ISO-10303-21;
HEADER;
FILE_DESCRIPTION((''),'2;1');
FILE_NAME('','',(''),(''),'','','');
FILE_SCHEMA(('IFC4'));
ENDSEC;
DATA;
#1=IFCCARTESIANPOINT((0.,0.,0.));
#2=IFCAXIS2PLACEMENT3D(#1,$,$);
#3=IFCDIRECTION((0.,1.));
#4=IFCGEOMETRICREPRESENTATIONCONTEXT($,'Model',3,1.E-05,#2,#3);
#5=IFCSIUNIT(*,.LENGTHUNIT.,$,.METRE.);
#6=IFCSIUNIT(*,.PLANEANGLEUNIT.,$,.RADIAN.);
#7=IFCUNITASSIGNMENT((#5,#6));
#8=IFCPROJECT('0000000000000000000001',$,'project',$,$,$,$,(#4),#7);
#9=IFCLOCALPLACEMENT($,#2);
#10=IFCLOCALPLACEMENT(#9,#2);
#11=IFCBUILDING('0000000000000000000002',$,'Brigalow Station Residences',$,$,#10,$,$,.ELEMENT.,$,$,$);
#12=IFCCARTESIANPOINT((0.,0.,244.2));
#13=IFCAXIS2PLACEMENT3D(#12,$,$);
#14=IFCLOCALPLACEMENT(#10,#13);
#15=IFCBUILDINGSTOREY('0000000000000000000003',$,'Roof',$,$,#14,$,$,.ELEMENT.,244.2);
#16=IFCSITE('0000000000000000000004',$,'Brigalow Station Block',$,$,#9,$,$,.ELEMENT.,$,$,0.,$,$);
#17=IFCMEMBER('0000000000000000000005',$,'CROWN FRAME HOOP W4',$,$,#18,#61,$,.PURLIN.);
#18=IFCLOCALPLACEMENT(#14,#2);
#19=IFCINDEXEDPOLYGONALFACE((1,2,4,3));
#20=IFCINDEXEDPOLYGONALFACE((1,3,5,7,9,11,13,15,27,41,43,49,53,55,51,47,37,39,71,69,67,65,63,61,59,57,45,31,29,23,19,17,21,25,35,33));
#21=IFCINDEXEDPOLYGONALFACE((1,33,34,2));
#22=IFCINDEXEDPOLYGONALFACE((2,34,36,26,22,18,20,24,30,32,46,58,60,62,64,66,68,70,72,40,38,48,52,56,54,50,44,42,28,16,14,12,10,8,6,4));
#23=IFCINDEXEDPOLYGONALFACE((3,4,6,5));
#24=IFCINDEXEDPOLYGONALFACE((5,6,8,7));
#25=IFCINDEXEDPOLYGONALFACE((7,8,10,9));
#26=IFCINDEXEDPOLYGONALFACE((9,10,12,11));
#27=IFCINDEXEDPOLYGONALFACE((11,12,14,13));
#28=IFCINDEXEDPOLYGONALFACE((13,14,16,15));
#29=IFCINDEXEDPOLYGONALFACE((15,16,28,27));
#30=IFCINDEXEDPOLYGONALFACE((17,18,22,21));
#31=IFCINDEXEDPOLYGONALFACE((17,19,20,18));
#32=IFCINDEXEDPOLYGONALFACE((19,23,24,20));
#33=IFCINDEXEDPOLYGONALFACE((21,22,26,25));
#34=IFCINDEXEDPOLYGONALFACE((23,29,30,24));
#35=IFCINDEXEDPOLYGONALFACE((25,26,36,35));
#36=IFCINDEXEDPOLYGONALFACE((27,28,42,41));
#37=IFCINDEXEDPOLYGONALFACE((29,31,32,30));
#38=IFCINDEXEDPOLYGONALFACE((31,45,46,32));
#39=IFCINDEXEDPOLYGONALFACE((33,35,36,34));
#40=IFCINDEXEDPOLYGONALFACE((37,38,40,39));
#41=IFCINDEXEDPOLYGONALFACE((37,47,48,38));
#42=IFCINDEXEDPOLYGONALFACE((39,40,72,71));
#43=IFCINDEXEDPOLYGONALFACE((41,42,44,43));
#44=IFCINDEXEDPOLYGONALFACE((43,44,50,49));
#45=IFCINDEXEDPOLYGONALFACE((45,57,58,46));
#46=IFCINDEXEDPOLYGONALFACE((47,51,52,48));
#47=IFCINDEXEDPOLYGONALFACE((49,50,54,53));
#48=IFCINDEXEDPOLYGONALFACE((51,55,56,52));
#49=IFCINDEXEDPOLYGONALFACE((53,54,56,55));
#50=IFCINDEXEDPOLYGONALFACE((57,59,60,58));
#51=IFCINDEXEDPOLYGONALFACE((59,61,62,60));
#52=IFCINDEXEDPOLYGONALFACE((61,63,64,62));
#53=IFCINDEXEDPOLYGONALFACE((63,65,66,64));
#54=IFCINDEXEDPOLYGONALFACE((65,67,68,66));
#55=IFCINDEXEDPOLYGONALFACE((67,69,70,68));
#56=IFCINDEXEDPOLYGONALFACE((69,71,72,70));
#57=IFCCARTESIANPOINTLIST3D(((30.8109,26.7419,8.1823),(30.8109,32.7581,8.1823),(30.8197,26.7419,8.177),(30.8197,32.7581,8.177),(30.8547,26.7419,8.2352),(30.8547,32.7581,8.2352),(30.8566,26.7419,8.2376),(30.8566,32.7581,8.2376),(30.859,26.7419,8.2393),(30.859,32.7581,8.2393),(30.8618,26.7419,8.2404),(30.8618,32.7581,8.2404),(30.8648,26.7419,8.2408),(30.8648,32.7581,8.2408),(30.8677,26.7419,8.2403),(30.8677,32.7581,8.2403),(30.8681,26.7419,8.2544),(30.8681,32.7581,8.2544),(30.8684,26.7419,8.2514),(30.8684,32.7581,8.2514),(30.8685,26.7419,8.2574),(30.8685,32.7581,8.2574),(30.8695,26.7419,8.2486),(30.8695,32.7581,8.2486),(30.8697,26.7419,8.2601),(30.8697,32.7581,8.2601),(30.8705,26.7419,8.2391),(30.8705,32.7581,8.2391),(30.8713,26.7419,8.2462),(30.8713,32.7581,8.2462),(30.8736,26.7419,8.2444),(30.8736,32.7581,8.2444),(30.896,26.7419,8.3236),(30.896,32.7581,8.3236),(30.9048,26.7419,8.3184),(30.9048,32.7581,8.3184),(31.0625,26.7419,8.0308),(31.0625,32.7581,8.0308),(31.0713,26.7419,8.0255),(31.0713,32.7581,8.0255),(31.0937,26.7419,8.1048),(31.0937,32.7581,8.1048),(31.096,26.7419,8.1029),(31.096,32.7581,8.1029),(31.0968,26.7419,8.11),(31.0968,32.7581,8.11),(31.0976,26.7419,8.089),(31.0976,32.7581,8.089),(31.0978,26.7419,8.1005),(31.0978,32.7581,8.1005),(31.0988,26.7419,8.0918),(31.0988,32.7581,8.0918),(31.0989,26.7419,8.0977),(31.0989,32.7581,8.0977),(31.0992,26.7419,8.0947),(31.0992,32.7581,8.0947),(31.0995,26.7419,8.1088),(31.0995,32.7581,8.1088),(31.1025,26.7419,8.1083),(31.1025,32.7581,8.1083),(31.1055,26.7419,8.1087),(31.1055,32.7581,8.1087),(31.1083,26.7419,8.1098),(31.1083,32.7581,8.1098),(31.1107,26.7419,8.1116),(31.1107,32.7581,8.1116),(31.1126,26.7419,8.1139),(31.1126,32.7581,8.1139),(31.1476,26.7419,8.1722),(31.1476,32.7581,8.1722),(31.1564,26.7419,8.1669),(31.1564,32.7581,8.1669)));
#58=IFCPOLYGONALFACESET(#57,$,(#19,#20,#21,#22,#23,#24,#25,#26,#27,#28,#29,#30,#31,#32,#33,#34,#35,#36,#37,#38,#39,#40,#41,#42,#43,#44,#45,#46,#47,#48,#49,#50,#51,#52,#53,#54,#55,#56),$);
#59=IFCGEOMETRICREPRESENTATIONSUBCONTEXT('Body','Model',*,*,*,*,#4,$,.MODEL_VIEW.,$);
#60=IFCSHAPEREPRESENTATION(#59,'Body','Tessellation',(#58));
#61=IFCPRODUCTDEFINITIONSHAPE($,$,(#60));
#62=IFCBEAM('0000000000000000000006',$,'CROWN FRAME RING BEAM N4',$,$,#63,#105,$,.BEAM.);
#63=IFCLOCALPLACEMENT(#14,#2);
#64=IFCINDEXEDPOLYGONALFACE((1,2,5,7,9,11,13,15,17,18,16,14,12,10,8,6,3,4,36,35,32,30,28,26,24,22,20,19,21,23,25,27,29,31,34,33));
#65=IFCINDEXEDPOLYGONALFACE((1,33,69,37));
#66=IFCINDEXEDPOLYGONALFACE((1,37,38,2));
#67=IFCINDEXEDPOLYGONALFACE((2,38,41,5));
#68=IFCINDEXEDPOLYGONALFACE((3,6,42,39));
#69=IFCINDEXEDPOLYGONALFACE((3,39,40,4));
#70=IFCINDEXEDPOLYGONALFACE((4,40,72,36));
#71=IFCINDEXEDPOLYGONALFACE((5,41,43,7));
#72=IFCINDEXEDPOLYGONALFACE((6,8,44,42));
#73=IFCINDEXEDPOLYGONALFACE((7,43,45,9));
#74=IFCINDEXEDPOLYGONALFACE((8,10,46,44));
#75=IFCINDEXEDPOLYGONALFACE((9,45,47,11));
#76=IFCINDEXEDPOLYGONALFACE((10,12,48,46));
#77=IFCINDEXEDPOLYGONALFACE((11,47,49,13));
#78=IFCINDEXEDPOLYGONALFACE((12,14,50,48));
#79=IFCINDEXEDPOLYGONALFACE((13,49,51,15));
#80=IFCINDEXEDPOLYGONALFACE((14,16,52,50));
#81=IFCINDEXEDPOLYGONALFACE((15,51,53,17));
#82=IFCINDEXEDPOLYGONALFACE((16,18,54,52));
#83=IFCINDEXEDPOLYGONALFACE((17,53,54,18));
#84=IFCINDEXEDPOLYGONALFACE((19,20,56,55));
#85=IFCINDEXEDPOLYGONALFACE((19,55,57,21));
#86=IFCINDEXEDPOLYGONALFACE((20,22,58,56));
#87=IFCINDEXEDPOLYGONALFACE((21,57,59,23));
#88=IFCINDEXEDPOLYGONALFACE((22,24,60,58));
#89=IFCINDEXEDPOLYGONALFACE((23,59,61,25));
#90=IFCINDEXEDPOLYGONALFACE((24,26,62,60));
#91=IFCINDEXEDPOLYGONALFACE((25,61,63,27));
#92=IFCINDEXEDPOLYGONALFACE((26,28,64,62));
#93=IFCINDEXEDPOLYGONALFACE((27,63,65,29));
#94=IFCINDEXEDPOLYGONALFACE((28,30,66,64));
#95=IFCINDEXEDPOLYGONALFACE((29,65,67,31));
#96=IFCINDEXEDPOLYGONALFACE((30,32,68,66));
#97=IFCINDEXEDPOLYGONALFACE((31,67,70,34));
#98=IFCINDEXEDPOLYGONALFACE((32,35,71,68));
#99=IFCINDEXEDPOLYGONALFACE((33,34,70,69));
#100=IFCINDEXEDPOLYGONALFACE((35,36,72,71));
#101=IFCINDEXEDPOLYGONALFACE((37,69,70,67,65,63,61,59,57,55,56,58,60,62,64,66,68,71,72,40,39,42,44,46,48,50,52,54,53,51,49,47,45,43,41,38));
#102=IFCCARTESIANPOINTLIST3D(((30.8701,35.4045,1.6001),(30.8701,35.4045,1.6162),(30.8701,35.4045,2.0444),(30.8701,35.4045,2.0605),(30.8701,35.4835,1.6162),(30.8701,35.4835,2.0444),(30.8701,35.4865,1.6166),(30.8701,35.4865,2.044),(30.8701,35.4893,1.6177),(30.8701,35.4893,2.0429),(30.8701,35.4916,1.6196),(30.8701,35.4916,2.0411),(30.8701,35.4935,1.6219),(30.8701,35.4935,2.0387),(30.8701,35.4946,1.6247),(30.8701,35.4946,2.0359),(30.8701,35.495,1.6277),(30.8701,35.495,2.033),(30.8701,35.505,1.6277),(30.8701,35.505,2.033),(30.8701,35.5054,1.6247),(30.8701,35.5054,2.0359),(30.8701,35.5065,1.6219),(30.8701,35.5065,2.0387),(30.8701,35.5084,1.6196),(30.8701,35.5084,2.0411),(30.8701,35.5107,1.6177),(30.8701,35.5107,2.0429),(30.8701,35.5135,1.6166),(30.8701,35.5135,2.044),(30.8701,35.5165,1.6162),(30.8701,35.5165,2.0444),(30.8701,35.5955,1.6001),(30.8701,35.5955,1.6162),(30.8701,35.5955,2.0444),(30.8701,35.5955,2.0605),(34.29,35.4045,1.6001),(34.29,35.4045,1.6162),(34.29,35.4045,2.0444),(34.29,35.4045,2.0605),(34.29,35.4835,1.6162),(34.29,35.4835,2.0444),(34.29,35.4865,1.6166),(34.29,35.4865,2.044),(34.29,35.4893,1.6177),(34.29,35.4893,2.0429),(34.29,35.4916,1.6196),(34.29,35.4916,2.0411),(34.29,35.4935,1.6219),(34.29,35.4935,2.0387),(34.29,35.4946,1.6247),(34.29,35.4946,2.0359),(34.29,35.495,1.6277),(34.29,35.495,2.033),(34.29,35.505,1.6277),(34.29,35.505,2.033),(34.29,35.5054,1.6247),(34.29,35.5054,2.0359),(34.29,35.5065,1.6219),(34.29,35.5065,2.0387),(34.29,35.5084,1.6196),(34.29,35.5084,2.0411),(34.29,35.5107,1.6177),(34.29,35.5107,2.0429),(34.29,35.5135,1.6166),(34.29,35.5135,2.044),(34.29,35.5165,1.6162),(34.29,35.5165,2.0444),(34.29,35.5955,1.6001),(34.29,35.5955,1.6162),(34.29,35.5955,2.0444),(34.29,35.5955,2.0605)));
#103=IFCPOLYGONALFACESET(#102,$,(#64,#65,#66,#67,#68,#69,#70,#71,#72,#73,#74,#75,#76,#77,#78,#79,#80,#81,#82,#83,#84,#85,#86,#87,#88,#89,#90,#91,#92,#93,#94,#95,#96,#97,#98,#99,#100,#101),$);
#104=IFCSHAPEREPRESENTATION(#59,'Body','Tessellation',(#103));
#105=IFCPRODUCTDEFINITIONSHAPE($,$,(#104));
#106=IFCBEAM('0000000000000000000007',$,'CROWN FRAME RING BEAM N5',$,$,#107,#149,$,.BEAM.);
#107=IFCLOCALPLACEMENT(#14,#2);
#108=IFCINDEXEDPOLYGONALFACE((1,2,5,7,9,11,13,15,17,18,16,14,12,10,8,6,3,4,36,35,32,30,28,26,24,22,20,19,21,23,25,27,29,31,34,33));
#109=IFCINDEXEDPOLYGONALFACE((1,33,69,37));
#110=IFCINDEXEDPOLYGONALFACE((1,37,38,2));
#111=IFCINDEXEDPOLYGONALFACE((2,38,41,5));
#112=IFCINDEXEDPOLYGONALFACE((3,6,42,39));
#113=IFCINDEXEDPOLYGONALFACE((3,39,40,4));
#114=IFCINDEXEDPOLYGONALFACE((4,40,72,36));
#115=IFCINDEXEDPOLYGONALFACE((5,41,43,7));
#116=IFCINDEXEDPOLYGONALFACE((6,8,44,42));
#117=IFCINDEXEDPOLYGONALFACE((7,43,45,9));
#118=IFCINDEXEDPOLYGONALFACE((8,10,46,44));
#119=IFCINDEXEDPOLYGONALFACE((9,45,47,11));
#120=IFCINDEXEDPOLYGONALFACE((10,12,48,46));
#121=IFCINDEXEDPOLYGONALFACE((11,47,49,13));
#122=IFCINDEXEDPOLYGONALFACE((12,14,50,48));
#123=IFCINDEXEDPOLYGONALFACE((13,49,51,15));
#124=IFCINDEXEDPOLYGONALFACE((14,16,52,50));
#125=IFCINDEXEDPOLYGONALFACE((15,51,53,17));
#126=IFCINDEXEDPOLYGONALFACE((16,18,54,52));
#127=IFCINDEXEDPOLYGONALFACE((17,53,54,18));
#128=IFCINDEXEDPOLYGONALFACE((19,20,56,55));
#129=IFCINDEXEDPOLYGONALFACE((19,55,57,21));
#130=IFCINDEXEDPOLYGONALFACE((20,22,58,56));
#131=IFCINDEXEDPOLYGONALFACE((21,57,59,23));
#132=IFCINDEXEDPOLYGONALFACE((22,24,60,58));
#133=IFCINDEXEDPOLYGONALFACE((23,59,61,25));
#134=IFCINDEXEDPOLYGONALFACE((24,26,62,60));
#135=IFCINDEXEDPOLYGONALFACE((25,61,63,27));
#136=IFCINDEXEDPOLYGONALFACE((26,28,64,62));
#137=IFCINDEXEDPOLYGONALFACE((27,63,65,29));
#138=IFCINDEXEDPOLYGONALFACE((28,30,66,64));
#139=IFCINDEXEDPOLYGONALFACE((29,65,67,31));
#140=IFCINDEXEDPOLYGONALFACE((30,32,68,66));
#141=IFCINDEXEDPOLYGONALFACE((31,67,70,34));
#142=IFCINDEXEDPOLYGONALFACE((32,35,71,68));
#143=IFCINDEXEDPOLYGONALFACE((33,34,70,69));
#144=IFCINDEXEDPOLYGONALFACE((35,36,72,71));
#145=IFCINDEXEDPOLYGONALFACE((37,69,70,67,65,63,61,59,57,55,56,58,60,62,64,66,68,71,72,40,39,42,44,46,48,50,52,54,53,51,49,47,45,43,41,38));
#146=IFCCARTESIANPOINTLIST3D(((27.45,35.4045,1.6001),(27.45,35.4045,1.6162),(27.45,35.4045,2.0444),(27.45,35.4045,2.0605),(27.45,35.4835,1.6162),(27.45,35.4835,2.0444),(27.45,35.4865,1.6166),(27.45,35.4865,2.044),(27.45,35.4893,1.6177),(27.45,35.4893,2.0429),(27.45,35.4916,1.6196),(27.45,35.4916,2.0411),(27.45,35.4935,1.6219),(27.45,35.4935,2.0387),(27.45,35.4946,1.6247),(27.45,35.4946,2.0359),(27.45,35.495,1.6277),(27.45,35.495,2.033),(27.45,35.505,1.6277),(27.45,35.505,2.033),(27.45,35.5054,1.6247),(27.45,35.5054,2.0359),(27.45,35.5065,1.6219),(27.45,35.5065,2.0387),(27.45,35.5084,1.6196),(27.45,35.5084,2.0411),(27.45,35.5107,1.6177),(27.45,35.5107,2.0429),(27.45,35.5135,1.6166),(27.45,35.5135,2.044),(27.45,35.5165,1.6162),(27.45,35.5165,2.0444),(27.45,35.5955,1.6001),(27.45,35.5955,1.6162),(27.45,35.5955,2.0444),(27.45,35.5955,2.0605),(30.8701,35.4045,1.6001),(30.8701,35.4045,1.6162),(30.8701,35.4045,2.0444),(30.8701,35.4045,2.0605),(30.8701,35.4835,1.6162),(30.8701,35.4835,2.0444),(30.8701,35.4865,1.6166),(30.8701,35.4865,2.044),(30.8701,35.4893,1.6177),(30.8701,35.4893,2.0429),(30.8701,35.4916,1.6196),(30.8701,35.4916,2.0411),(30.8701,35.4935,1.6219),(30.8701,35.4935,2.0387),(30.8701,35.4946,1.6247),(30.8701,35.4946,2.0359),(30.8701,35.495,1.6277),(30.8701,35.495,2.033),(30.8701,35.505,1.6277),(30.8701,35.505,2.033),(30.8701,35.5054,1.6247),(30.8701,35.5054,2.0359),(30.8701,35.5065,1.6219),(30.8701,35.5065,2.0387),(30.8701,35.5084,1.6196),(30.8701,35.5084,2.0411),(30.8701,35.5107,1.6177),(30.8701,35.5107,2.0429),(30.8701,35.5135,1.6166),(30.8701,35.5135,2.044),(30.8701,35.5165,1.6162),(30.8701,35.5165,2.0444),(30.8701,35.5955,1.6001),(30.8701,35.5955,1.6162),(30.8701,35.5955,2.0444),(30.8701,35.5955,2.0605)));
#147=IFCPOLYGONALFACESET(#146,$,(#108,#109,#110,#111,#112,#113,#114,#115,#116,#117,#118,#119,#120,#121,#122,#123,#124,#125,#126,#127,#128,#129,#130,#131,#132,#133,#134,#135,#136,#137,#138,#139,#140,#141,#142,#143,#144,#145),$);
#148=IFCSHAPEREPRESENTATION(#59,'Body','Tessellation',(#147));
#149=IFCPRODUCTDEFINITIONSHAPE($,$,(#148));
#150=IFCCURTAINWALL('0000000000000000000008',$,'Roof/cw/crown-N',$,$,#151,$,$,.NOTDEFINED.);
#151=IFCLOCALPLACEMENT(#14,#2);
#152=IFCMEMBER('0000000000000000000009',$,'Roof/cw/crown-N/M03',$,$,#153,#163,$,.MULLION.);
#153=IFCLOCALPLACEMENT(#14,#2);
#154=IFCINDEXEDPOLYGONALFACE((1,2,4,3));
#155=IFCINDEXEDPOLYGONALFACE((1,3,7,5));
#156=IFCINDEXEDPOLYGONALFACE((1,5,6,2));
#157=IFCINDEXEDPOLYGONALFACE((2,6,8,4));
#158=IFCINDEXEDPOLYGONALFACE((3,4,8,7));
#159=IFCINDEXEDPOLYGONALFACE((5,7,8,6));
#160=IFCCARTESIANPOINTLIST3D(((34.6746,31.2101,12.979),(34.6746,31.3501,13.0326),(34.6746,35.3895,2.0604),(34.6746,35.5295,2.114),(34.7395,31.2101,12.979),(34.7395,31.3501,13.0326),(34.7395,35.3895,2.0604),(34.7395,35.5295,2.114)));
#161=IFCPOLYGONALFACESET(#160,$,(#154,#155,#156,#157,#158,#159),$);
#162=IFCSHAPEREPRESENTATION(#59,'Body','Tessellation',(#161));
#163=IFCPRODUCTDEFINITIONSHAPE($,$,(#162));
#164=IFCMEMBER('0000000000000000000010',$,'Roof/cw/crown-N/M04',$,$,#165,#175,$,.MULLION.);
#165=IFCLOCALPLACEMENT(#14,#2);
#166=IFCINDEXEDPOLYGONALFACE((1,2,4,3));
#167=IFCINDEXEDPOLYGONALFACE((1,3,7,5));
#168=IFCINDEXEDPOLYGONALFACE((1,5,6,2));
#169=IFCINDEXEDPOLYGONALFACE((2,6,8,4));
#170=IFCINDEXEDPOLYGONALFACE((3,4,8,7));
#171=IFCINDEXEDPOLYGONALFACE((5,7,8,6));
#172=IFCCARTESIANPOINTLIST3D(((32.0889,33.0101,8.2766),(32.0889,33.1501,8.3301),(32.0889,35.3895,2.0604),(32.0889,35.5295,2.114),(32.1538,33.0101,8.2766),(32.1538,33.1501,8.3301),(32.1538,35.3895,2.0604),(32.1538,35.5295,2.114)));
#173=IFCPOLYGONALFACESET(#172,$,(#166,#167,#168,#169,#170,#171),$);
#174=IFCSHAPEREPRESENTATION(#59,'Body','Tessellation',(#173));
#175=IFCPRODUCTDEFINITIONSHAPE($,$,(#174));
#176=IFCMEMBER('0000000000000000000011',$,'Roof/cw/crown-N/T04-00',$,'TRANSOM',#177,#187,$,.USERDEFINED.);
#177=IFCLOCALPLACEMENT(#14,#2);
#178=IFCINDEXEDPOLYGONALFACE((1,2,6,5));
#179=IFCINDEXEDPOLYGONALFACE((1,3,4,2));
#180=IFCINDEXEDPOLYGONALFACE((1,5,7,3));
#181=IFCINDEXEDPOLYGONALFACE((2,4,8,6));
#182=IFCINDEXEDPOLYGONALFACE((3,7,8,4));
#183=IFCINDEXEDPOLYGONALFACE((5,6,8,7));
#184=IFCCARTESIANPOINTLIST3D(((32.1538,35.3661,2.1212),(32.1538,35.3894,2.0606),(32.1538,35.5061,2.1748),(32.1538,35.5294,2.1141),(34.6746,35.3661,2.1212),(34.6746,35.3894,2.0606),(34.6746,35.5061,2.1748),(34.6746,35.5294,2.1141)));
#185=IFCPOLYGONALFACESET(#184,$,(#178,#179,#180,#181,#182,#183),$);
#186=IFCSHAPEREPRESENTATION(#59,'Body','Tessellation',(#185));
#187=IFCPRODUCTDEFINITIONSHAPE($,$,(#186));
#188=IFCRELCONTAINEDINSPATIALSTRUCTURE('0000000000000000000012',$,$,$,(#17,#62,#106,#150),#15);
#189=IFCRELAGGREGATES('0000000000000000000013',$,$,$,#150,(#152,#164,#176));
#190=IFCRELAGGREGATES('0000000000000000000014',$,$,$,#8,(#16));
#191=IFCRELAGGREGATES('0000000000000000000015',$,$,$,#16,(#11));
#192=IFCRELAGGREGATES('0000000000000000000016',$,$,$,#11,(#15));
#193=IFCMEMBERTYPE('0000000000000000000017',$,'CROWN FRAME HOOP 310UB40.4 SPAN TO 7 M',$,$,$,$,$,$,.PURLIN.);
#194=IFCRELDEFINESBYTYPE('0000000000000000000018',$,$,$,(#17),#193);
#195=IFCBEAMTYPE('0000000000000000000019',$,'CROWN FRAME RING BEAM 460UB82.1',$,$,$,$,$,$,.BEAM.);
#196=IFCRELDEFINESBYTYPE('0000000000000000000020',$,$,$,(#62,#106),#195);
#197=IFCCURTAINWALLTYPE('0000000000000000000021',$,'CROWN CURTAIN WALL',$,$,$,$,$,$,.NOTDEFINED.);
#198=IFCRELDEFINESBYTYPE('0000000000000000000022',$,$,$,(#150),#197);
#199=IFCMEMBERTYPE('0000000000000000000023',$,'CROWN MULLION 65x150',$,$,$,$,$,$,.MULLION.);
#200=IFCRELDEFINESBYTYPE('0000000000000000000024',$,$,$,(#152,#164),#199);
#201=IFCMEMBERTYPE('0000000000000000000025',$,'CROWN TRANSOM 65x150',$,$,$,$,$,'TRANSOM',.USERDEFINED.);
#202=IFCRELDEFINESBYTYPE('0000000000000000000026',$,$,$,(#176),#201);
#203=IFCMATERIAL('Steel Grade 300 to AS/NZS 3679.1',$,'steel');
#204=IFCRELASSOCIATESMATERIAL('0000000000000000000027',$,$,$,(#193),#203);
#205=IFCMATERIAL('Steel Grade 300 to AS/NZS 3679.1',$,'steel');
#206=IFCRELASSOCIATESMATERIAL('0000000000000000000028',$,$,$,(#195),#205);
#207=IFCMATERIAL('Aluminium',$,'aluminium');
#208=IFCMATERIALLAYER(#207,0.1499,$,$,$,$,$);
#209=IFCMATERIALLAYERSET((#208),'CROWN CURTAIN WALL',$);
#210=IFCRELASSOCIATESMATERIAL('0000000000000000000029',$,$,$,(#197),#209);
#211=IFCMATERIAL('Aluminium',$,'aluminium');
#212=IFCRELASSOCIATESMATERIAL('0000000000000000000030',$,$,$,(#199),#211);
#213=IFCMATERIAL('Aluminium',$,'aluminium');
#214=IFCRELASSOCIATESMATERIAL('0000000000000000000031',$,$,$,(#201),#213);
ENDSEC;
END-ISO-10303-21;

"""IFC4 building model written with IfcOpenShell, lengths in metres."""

from ifc_helpers import new_model, si_unit, direction, frame, origin, origin_2d, place, context, subcontext, project, spatial, rectangle, i_section, extrude, material, layer, layer_set, material_profile, profile_set, type_object, element, aggregate, save


model = new_model("IFC4")

# Units and contexts
model_context = context("Model", 3, precision=1e-05, world=origin(), true_north=direction((0.0, 1.0)))
body_context = subcontext(model_context, "Body", "Model", "MODEL_VIEW")
ifc_project = project(units=[si_unit("LENGTHUNIT", "METRE"), si_unit("PLANEANGLEUNIT", "RADIAN")], contexts=[model_context])

# Site, building, storey
site_placement = place(None, origin())
site = spatial("IfcSite", under=ifc_project, at=site_placement, Name="Brigalow Station Block", CompositionType="ELEMENT", RefElevation=0.0)
building_placement = place(site_placement, origin())
building = spatial("IfcBuilding", under=site, at=building_placement, Name="Brigalow Station Residences", CompositionType="ELEMENT")
storey_placement = place(building_placement, frame((0.0, 0.0, 244.2)))
storey = spatial("IfcBuildingStorey", under=building, at=storey_placement, Name="Roof", CompositionType="ELEMENT", Elevation=244.2)

# Member
ifc_material_1 = material(Name="Steel Grade 300 to AS/NZS 3679.1", Category="steel")
ifc_material_profile_1 = material_profile(ifc_material_1, i_section(OverallWidth=0.165, OverallDepth=0.304, WebThickness=0.0061, FlangeThickness=0.0103, FilletRadius=0.0115, at=origin_2d()), Name="310UB40.4")
ifc_profile_set_1 = profile_set([ifc_material_profile_1], Name="Steel Grade 300 to AS/NZS 3679.1")
member_type_1 = type_object("IfcMemberType", Name="CROWN FRAME HOOP 310UB40.4 SPAN TO 7 M", PredefinedType="PURLIN", material=ifc_profile_set_1)
member_1_placement = place(storey_placement, frame((30.9836, 32.7581, 8.1746), z_axis=(0.0, -1.0, 0.0), x_axis=(0.515813, 0.0, 0.856701)))
element("IfcMember", 1, at=member_1_placement, inside=storey, type_object=member_type_1, Name="CROWN FRAME HOOP W4", PredefinedType="PURLIN", context=body_context, shape_type="SweptSolid", body=[
    extrude(i_section(OverallWidth=0.165, OverallDepth=0.304, WebThickness=0.0061, FlangeThickness=0.0103, FilletRadius=0.0115, at=origin_2d()), origin(), (0.0, 0.0, 1.0), 6.0161),
])

# Beams
ifc_material_2 = material(Name="Steel Grade 300 to AS/NZS 3679.1", Category="steel")
ifc_material_profile_2 = material_profile(ifc_material_2, i_section(OverallWidth=0.1909, OverallDepth=0.4604, WebThickness=0.01, FlangeThickness=0.0161, FilletRadius=0.0115, at=origin_2d()), Name="460UB82.1")
ifc_profile_set_2 = profile_set([ifc_material_profile_2], Name="Steel Grade 300 to AS/NZS 3679.1")
beam_type = type_object("IfcBeamType", Name="CROWN FRAME RING BEAM 460UB82.1", PredefinedType="BEAM", material=ifc_profile_set_2)
beam_1_placement = place(storey_placement, frame((34.29, 35.5, 1.8303), z_axis=(-1.0, 0.0, 0.0), x_axis=(0.0, -1.0, 0.0)))
element("IfcBeam", 2, at=beam_1_placement, inside=storey, type_object=beam_type, Name="CROWN FRAME RING BEAM N4", PredefinedType="BEAM", context=body_context, shape_type="SweptSolid", body=[
    extrude(i_section(OverallWidth=0.1909, OverallDepth=0.4604, WebThickness=0.01, FlangeThickness=0.0161, FilletRadius=0.0115, at=origin_2d()), origin(), (0.0, 0.0, 1.0), 3.4199),
])
beam_2_placement = place(storey_placement, frame((30.8701, 35.5, 1.8303), z_axis=(-1.0, 0.0, 0.0), x_axis=(0.0, -1.0, 0.0)))
element("IfcBeam", 3, at=beam_2_placement, inside=storey, type_object=beam_type, Name="CROWN FRAME RING BEAM N5", PredefinedType="BEAM", context=body_context, shape_type="SweptSolid", body=[
    extrude(i_section(OverallWidth=0.1909, OverallDepth=0.4604, WebThickness=0.01, FlangeThickness=0.0161, FilletRadius=0.0115, at=origin_2d()), origin(), (0.0, 0.0, 1.0), 3.4202),
])

# Curtain wall, members
ifc_material_3 = material(Name="Aluminium", Category="aluminium")
ifc_layer_1 = layer(ifc_material_3, 0.1499)
ifc_layer_set_1 = layer_set([ifc_layer_1], Name="CROWN CURTAIN WALL")
curtain_wall_type = type_object("IfcCurtainWallType", Name="CROWN CURTAIN WALL", PredefinedType="NOTDEFINED", material=ifc_layer_set_1)
curtain_wall_1_placement = place(storey_placement, origin())
curtain_wall_1 = element("IfcCurtainWall", 4, at=curtain_wall_1_placement, inside=storey, type_object=curtain_wall_type, Name="Roof/cw/crown-N", PredefinedType="NOTDEFINED")
ifc_material_4 = material(Name="Aluminium", Category="aluminium")
ifc_material_profile_3 = material_profile(ifc_material_4, rectangle(XDim=0.0649, YDim=0.1499, at=origin_2d()), Name="CROWN MULLION 65x150")
ifc_profile_set_3 = profile_set([ifc_material_profile_3], Name="Aluminium")
member_type_2 = type_object("IfcMemberType", Name="CROWN MULLION 65x150", PredefinedType="MULLION", material=ifc_profile_set_3)
member_2_placement = place(storey_placement, frame((34.707, 35.4595, 2.0872), z_axis=(0.0, -0.357484, 0.933919), x_axis=(1.0, 0.0, 0.0)))
member_2 = element("IfcMember", 5, at=member_2_placement, type_object=member_type_2, Name="Roof/cw/crown-N/M03", PredefinedType="MULLION", context=body_context, shape_type="SweptSolid", body=[
    extrude(rectangle(XDim=0.0649, YDim=0.1499, at=origin_2d()), origin(), (0.0, 0.0, 1.0), 11.6912),
])
member_3_placement = place(storey_placement, frame((32.1213, 35.4595, 2.0872), z_axis=(0.0, -0.357474, 0.933923), x_axis=(1.0, 0.0, 0.0)))
member_3 = element("IfcMember", 6, at=member_3_placement, type_object=member_type_2, Name="Roof/cw/crown-N/M04", PredefinedType="MULLION", context=body_context, shape_type="SweptSolid", body=[
    extrude(rectangle(XDim=0.0649, YDim=0.1499, at=origin_2d()), origin(), (0.0, 0.0, 1.0), 6.656),
])
ifc_material_5 = material(Name="Aluminium", Category="aluminium")
ifc_material_profile_4 = material_profile(ifc_material_5, rectangle(XDim=0.0649, YDim=0.1499, at=origin_2d()), Name="CROWN TRANSOM 65x150")
ifc_profile_set_4 = profile_set([ifc_material_profile_4], Name="Aluminium")
member_type_3 = type_object("IfcMemberType", Name="CROWN TRANSOM 65x150", ElementType="TRANSOM", PredefinedType="USERDEFINED", material=ifc_profile_set_4)
member_4_placement = place(storey_placement, frame((34.6746, 35.4478, 2.1177), z_axis=(-1.0, 0.0, 0.0), x_axis=(0.0, -0.357491, 0.933917)))
member_4 = element("IfcMember", 7, at=member_4_placement, type_object=member_type_3, Name="Roof/cw/crown-N/T04-00", ObjectType="TRANSOM", PredefinedType="USERDEFINED", context=body_context, shape_type="SweptSolid", body=[
    extrude(rectangle(XDim=0.0649, YDim=0.1499, at=origin_2d()), origin(), (0.0, 0.0, 1.0), 2.5208),
])

aggregate(curtain_wall_1, [member_2, member_3, member_4])

save(model, "model.ifc")
